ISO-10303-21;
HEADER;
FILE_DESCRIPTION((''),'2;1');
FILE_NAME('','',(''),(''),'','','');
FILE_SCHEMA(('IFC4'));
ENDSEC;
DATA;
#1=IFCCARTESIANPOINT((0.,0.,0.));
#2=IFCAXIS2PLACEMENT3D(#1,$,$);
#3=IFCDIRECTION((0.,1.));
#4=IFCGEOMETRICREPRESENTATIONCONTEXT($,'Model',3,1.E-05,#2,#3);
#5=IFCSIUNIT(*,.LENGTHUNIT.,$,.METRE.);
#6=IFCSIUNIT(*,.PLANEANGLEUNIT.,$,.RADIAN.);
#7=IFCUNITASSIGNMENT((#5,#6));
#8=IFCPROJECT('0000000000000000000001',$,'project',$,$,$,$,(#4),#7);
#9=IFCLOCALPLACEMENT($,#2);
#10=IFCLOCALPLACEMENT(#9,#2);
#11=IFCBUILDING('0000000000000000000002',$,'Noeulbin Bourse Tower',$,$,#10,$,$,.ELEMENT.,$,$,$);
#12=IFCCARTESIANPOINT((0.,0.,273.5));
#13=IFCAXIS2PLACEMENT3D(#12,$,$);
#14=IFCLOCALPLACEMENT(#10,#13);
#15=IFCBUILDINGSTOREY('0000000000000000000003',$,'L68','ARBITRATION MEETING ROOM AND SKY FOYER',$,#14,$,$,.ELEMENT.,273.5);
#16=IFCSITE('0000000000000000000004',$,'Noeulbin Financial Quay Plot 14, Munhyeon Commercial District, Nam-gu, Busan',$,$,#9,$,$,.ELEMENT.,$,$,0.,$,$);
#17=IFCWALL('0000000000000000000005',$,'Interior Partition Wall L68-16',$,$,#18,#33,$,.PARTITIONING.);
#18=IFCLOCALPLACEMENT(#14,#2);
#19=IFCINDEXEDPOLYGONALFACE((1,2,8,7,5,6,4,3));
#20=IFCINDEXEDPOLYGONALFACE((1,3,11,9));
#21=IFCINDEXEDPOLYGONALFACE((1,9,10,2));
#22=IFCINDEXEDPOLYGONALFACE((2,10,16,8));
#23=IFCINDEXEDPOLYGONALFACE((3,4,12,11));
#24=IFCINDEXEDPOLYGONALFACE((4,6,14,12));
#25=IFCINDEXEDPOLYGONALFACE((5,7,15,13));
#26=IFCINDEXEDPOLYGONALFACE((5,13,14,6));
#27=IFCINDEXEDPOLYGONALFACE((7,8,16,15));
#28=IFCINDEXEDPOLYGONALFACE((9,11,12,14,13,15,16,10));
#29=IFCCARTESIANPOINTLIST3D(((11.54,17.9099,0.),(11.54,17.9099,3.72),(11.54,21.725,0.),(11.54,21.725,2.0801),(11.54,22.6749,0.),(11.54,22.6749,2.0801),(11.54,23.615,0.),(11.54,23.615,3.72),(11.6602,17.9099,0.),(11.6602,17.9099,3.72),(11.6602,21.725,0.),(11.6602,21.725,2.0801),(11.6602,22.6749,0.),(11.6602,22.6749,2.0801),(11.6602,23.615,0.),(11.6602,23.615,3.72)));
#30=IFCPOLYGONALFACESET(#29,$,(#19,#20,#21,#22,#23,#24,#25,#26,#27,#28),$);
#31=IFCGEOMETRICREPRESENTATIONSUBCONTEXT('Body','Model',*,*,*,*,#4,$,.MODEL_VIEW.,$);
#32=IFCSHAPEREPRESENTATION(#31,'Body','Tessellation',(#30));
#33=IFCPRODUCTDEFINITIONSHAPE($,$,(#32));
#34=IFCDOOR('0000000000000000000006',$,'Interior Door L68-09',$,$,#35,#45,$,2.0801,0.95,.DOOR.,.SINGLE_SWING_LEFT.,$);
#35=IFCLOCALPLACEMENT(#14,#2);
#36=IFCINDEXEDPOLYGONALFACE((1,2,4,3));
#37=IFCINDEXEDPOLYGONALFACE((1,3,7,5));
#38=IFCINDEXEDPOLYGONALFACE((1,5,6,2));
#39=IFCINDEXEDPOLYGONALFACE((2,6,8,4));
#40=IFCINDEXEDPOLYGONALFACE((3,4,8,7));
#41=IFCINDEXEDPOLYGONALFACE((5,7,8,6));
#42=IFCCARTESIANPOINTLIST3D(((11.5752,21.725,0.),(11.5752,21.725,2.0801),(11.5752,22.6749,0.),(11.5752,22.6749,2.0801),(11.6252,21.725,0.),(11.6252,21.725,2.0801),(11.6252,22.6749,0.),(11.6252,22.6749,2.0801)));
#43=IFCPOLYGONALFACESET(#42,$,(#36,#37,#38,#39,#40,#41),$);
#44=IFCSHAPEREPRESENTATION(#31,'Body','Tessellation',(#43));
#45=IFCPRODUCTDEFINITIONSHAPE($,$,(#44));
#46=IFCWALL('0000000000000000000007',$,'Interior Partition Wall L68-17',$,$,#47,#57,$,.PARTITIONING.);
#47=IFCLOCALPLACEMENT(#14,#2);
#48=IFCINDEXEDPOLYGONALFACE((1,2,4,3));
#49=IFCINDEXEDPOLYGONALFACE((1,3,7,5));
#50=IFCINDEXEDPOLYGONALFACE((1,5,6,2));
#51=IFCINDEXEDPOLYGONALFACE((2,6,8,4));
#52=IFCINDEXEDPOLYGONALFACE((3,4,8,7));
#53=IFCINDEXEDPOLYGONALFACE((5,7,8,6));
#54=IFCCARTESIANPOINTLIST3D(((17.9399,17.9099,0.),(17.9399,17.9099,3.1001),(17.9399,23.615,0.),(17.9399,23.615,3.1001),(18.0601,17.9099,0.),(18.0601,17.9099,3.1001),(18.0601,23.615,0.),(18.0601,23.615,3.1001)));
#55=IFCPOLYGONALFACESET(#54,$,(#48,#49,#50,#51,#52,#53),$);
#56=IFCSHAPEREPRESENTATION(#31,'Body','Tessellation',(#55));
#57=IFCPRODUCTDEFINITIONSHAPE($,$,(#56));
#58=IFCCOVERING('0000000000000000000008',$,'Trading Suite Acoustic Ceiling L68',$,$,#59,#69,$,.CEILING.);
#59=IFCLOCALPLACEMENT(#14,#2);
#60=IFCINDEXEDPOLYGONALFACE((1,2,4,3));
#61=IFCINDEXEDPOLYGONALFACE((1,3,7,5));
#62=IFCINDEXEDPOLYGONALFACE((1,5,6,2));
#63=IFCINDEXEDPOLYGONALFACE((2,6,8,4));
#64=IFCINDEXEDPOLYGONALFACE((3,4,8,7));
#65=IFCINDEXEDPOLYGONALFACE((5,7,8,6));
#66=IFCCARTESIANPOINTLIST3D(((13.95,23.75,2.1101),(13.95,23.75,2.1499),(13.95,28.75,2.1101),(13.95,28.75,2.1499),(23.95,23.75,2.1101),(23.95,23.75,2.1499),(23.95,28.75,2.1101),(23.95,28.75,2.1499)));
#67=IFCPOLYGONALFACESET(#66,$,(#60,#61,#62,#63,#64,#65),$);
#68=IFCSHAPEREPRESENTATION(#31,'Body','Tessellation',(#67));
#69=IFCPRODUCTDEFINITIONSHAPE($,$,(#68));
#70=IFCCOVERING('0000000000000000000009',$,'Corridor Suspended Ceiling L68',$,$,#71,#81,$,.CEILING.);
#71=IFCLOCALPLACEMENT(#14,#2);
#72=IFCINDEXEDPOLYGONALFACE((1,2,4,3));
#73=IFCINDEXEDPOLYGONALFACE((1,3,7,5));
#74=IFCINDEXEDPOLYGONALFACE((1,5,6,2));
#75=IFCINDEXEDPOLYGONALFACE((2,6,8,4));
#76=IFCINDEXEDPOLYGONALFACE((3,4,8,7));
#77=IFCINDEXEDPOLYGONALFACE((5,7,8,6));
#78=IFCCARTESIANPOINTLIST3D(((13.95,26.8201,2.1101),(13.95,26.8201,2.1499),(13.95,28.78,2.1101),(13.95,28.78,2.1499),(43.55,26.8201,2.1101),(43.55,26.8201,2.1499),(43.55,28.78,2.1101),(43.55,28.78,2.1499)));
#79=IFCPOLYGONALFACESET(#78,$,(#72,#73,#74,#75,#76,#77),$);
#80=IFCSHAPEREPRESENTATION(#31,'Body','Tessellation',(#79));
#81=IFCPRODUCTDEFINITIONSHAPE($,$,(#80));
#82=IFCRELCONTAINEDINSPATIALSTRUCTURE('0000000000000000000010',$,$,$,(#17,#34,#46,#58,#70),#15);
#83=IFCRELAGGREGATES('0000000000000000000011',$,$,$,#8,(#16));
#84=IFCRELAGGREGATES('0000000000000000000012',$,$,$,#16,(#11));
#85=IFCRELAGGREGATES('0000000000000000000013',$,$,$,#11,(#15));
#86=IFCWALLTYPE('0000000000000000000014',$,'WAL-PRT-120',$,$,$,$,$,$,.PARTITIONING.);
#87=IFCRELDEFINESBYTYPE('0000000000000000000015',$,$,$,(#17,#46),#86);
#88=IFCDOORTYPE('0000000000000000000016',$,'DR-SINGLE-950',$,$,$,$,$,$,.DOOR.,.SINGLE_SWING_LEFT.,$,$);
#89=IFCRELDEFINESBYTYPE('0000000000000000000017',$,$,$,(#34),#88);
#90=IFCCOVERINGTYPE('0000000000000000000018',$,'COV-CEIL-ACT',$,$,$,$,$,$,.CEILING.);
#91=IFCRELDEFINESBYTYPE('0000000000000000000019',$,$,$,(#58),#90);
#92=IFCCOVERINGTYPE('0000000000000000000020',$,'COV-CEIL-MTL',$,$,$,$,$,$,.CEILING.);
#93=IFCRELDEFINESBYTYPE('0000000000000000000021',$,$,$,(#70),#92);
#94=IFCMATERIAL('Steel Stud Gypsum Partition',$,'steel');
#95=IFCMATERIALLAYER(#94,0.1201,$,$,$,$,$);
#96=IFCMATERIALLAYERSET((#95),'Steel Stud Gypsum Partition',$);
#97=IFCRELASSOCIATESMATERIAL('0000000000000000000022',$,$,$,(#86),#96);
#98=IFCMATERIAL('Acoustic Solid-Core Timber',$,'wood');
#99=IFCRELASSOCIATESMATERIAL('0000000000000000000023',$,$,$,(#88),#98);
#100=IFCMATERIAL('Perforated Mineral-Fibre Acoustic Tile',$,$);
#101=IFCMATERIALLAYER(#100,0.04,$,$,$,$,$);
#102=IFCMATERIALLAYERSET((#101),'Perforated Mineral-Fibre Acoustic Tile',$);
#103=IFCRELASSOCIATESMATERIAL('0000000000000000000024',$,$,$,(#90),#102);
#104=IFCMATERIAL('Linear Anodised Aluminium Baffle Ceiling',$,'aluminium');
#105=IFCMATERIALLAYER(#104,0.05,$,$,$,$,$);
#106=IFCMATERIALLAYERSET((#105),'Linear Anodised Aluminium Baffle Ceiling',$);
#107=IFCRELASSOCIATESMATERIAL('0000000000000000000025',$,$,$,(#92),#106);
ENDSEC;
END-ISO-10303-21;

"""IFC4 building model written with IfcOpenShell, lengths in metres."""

from ifc_helpers import new_model, si_unit, direction, frame, frame_2d, origin, place, context, subcontext, project, spatial, polyline, rectangle, outline, extrude, material, layer, layer_set, type_object, element, fill, save


model = new_model("IFC4")

# Units and contexts
model_context = context("Model", 3, precision=1e-05, world=origin(), true_north=direction((0.0, 1.0)))
body_context = subcontext(model_context, "Body", "Model", "MODEL_VIEW")
ifc_project = project(units=[si_unit("LENGTHUNIT", "METRE"), si_unit("PLANEANGLEUNIT", "RADIAN")], contexts=[model_context])

# Site, building, storey
site_placement = place(None, origin())
site = spatial("IfcSite", under=ifc_project, at=site_placement, Name="Noeulbin Financial Quay Plot 14, Munhyeon Commercial District, Nam-gu, Busan", CompositionType="ELEMENT", RefElevation=0.0)
building_placement = place(site_placement, origin())
building = spatial("IfcBuilding", under=site, at=building_placement, Name="Noeulbin Bourse Tower", CompositionType="ELEMENT")
storey_placement = place(building_placement, frame((0.0, 0.0, 273.5)))
storey = spatial("IfcBuildingStorey", under=building, at=storey_placement, Name="L68", Description="ARBITRATION MEETING ROOM AND SKY FOYER", CompositionType="ELEMENT", Elevation=273.5)

# Wall, opening, door
ifc_material_1 = material(Name="Steel Stud Gypsum Partition", Category="steel")
ifc_layer_1 = layer(ifc_material_1, 0.1201)
ifc_layer_set_1 = layer_set([ifc_layer_1], Name="Steel Stud Gypsum Partition")
wall_type_1 = type_object("IfcWallType", Name="WAL-PRT-120", PredefinedType="PARTITIONING", material=ifc_layer_set_1)
wall_1_placement = place(storey_placement, frame((11.6001, 17.9099, 0.0), z_axis=(0.0, 0.0, 1.0), x_axis=(0.0, 1.0, 0.0)))
wall_1 = element("IfcWall", 1, at=wall_1_placement, inside=storey, type_object=wall_type_1, Name="Interior Partition Wall L68-16", PredefinedType="PARTITIONING", context=body_context, shape_type="SweptSolid", body=[
    extrude(rectangle(XDim=5.7051, YDim=0.1201, at=frame_2d((2.8525, 0.0))), origin(), (0.0, 0.0, 1.0), 3.72),
])
opening_1_placement = place(wall_1_placement, frame((3.8149, 0.0, 0.0)))
opening_1 = element("IfcOpeningElement", 2, at=opening_1_placement, cuts=wall_1, PredefinedType="OPENING", context=body_context, shape_type="SweptSolid", body=[
    extrude(rectangle(XDim=0.95, YDim=2.0801, at=frame_2d((0.4751, 1.04))), frame((0.0, 0.0701, 0.0), z_axis=(0.0, -1.0, 0.0), x_axis=(1.0, 0.0, 0.0)), (0.0, 0.0, 1.0), 0.1401),
])
ifc_material_2 = material(Name="Acoustic Solid-Core Timber", Category="wood")
door_type = type_object("IfcDoorType", Name="DR-SINGLE-950", OperationType="SINGLE_SWING_LEFT", PredefinedType="DOOR", material=ifc_material_2)
door_placement = place(opening_1_placement, origin())
door = element("IfcDoor", 3, at=door_placement, inside=storey, type_object=door_type, Name="Interior Door L68-09", OperationType="SINGLE_SWING_LEFT", OverallHeight=2.0801, OverallWidth=0.95, PredefinedType="DOOR", context=body_context, shape_type="SweptSolid", body=[
    extrude(rectangle(XDim=0.95, YDim=2.0801, at=frame_2d((0.4751, 1.04))), frame((0.0, 0.0249, 0.0), z_axis=(0.0, -1.0, 0.0), x_axis=(1.0, 0.0, 0.0)), (0.0, 0.0, 1.0), 0.05),
])
fill(opening_1, door)

# Wall
wall_2_placement = place(storey_placement, frame((18.0, 17.9099, 0.0), z_axis=(0.0, 0.0, 1.0), x_axis=(0.0, 1.0, 0.0)))
element("IfcWall", 4, at=wall_2_placement, inside=storey, type_object=wall_type_1, Name="Interior Partition Wall L68-17", PredefinedType="PARTITIONING", context=body_context, shape_type="SweptSolid", body=[
    extrude(rectangle(XDim=5.7051, YDim=0.1201, at=frame_2d((2.8525, 0.0))), origin(), (0.0, 0.0, 1.0), 3.1001),
])

# Coverings
ifc_material_3 = material(Name="Perforated Mineral-Fibre Acoustic Tile")
ifc_layer_2 = layer(ifc_material_3, 0.04)
ifc_layer_set_2 = layer_set([ifc_layer_2], Name="Perforated Mineral-Fibre Acoustic Tile")
covering_type_1 = type_object("IfcCoveringType", Name="COV-CEIL-ACT", PredefinedType="CEILING", material=ifc_layer_set_2)
covering_1_placement = place(storey_placement, frame((0.0, 0.0, 2.1101)))
element("IfcCovering", 5, at=covering_1_placement, inside=storey, type_object=covering_type_1, Name="Trading Suite Acoustic Ceiling L68", PredefinedType="CEILING", context=body_context, shape_type="SweptSolid", body=[
    extrude(outline(polyline([(13.95, 23.75), (23.95, 23.75), (23.95, 28.75), (13.95, 28.75), (13.95, 23.75)])), origin(), (0.0, 0.0, 1.0), 0.0398),
])
ifc_material_4 = material(Name="Linear Anodised Aluminium Baffle Ceiling", Category="aluminium")
ifc_layer_3 = layer(ifc_material_4, 0.05)
ifc_layer_set_3 = layer_set([ifc_layer_3], Name="Linear Anodised Aluminium Baffle Ceiling")
covering_type_2 = type_object("IfcCoveringType", Name="COV-CEIL-MTL", PredefinedType="CEILING", material=ifc_layer_set_3)
covering_2_placement = place(storey_placement, frame((0.0, 0.0, 2.1101)))
element("IfcCovering", 6, at=covering_2_placement, inside=storey, type_object=covering_type_2, Name="Corridor Suspended Ceiling L68", PredefinedType="CEILING", context=body_context, shape_type="SweptSolid", body=[
    extrude(outline(polyline([(13.95, 26.8201), (43.55, 26.8201), (43.55, 28.78), (13.95, 28.78), (13.95, 26.8201)])), origin(), (0.0, 0.0, 1.0), 0.0398),
])

save(model, "model.ifc")
